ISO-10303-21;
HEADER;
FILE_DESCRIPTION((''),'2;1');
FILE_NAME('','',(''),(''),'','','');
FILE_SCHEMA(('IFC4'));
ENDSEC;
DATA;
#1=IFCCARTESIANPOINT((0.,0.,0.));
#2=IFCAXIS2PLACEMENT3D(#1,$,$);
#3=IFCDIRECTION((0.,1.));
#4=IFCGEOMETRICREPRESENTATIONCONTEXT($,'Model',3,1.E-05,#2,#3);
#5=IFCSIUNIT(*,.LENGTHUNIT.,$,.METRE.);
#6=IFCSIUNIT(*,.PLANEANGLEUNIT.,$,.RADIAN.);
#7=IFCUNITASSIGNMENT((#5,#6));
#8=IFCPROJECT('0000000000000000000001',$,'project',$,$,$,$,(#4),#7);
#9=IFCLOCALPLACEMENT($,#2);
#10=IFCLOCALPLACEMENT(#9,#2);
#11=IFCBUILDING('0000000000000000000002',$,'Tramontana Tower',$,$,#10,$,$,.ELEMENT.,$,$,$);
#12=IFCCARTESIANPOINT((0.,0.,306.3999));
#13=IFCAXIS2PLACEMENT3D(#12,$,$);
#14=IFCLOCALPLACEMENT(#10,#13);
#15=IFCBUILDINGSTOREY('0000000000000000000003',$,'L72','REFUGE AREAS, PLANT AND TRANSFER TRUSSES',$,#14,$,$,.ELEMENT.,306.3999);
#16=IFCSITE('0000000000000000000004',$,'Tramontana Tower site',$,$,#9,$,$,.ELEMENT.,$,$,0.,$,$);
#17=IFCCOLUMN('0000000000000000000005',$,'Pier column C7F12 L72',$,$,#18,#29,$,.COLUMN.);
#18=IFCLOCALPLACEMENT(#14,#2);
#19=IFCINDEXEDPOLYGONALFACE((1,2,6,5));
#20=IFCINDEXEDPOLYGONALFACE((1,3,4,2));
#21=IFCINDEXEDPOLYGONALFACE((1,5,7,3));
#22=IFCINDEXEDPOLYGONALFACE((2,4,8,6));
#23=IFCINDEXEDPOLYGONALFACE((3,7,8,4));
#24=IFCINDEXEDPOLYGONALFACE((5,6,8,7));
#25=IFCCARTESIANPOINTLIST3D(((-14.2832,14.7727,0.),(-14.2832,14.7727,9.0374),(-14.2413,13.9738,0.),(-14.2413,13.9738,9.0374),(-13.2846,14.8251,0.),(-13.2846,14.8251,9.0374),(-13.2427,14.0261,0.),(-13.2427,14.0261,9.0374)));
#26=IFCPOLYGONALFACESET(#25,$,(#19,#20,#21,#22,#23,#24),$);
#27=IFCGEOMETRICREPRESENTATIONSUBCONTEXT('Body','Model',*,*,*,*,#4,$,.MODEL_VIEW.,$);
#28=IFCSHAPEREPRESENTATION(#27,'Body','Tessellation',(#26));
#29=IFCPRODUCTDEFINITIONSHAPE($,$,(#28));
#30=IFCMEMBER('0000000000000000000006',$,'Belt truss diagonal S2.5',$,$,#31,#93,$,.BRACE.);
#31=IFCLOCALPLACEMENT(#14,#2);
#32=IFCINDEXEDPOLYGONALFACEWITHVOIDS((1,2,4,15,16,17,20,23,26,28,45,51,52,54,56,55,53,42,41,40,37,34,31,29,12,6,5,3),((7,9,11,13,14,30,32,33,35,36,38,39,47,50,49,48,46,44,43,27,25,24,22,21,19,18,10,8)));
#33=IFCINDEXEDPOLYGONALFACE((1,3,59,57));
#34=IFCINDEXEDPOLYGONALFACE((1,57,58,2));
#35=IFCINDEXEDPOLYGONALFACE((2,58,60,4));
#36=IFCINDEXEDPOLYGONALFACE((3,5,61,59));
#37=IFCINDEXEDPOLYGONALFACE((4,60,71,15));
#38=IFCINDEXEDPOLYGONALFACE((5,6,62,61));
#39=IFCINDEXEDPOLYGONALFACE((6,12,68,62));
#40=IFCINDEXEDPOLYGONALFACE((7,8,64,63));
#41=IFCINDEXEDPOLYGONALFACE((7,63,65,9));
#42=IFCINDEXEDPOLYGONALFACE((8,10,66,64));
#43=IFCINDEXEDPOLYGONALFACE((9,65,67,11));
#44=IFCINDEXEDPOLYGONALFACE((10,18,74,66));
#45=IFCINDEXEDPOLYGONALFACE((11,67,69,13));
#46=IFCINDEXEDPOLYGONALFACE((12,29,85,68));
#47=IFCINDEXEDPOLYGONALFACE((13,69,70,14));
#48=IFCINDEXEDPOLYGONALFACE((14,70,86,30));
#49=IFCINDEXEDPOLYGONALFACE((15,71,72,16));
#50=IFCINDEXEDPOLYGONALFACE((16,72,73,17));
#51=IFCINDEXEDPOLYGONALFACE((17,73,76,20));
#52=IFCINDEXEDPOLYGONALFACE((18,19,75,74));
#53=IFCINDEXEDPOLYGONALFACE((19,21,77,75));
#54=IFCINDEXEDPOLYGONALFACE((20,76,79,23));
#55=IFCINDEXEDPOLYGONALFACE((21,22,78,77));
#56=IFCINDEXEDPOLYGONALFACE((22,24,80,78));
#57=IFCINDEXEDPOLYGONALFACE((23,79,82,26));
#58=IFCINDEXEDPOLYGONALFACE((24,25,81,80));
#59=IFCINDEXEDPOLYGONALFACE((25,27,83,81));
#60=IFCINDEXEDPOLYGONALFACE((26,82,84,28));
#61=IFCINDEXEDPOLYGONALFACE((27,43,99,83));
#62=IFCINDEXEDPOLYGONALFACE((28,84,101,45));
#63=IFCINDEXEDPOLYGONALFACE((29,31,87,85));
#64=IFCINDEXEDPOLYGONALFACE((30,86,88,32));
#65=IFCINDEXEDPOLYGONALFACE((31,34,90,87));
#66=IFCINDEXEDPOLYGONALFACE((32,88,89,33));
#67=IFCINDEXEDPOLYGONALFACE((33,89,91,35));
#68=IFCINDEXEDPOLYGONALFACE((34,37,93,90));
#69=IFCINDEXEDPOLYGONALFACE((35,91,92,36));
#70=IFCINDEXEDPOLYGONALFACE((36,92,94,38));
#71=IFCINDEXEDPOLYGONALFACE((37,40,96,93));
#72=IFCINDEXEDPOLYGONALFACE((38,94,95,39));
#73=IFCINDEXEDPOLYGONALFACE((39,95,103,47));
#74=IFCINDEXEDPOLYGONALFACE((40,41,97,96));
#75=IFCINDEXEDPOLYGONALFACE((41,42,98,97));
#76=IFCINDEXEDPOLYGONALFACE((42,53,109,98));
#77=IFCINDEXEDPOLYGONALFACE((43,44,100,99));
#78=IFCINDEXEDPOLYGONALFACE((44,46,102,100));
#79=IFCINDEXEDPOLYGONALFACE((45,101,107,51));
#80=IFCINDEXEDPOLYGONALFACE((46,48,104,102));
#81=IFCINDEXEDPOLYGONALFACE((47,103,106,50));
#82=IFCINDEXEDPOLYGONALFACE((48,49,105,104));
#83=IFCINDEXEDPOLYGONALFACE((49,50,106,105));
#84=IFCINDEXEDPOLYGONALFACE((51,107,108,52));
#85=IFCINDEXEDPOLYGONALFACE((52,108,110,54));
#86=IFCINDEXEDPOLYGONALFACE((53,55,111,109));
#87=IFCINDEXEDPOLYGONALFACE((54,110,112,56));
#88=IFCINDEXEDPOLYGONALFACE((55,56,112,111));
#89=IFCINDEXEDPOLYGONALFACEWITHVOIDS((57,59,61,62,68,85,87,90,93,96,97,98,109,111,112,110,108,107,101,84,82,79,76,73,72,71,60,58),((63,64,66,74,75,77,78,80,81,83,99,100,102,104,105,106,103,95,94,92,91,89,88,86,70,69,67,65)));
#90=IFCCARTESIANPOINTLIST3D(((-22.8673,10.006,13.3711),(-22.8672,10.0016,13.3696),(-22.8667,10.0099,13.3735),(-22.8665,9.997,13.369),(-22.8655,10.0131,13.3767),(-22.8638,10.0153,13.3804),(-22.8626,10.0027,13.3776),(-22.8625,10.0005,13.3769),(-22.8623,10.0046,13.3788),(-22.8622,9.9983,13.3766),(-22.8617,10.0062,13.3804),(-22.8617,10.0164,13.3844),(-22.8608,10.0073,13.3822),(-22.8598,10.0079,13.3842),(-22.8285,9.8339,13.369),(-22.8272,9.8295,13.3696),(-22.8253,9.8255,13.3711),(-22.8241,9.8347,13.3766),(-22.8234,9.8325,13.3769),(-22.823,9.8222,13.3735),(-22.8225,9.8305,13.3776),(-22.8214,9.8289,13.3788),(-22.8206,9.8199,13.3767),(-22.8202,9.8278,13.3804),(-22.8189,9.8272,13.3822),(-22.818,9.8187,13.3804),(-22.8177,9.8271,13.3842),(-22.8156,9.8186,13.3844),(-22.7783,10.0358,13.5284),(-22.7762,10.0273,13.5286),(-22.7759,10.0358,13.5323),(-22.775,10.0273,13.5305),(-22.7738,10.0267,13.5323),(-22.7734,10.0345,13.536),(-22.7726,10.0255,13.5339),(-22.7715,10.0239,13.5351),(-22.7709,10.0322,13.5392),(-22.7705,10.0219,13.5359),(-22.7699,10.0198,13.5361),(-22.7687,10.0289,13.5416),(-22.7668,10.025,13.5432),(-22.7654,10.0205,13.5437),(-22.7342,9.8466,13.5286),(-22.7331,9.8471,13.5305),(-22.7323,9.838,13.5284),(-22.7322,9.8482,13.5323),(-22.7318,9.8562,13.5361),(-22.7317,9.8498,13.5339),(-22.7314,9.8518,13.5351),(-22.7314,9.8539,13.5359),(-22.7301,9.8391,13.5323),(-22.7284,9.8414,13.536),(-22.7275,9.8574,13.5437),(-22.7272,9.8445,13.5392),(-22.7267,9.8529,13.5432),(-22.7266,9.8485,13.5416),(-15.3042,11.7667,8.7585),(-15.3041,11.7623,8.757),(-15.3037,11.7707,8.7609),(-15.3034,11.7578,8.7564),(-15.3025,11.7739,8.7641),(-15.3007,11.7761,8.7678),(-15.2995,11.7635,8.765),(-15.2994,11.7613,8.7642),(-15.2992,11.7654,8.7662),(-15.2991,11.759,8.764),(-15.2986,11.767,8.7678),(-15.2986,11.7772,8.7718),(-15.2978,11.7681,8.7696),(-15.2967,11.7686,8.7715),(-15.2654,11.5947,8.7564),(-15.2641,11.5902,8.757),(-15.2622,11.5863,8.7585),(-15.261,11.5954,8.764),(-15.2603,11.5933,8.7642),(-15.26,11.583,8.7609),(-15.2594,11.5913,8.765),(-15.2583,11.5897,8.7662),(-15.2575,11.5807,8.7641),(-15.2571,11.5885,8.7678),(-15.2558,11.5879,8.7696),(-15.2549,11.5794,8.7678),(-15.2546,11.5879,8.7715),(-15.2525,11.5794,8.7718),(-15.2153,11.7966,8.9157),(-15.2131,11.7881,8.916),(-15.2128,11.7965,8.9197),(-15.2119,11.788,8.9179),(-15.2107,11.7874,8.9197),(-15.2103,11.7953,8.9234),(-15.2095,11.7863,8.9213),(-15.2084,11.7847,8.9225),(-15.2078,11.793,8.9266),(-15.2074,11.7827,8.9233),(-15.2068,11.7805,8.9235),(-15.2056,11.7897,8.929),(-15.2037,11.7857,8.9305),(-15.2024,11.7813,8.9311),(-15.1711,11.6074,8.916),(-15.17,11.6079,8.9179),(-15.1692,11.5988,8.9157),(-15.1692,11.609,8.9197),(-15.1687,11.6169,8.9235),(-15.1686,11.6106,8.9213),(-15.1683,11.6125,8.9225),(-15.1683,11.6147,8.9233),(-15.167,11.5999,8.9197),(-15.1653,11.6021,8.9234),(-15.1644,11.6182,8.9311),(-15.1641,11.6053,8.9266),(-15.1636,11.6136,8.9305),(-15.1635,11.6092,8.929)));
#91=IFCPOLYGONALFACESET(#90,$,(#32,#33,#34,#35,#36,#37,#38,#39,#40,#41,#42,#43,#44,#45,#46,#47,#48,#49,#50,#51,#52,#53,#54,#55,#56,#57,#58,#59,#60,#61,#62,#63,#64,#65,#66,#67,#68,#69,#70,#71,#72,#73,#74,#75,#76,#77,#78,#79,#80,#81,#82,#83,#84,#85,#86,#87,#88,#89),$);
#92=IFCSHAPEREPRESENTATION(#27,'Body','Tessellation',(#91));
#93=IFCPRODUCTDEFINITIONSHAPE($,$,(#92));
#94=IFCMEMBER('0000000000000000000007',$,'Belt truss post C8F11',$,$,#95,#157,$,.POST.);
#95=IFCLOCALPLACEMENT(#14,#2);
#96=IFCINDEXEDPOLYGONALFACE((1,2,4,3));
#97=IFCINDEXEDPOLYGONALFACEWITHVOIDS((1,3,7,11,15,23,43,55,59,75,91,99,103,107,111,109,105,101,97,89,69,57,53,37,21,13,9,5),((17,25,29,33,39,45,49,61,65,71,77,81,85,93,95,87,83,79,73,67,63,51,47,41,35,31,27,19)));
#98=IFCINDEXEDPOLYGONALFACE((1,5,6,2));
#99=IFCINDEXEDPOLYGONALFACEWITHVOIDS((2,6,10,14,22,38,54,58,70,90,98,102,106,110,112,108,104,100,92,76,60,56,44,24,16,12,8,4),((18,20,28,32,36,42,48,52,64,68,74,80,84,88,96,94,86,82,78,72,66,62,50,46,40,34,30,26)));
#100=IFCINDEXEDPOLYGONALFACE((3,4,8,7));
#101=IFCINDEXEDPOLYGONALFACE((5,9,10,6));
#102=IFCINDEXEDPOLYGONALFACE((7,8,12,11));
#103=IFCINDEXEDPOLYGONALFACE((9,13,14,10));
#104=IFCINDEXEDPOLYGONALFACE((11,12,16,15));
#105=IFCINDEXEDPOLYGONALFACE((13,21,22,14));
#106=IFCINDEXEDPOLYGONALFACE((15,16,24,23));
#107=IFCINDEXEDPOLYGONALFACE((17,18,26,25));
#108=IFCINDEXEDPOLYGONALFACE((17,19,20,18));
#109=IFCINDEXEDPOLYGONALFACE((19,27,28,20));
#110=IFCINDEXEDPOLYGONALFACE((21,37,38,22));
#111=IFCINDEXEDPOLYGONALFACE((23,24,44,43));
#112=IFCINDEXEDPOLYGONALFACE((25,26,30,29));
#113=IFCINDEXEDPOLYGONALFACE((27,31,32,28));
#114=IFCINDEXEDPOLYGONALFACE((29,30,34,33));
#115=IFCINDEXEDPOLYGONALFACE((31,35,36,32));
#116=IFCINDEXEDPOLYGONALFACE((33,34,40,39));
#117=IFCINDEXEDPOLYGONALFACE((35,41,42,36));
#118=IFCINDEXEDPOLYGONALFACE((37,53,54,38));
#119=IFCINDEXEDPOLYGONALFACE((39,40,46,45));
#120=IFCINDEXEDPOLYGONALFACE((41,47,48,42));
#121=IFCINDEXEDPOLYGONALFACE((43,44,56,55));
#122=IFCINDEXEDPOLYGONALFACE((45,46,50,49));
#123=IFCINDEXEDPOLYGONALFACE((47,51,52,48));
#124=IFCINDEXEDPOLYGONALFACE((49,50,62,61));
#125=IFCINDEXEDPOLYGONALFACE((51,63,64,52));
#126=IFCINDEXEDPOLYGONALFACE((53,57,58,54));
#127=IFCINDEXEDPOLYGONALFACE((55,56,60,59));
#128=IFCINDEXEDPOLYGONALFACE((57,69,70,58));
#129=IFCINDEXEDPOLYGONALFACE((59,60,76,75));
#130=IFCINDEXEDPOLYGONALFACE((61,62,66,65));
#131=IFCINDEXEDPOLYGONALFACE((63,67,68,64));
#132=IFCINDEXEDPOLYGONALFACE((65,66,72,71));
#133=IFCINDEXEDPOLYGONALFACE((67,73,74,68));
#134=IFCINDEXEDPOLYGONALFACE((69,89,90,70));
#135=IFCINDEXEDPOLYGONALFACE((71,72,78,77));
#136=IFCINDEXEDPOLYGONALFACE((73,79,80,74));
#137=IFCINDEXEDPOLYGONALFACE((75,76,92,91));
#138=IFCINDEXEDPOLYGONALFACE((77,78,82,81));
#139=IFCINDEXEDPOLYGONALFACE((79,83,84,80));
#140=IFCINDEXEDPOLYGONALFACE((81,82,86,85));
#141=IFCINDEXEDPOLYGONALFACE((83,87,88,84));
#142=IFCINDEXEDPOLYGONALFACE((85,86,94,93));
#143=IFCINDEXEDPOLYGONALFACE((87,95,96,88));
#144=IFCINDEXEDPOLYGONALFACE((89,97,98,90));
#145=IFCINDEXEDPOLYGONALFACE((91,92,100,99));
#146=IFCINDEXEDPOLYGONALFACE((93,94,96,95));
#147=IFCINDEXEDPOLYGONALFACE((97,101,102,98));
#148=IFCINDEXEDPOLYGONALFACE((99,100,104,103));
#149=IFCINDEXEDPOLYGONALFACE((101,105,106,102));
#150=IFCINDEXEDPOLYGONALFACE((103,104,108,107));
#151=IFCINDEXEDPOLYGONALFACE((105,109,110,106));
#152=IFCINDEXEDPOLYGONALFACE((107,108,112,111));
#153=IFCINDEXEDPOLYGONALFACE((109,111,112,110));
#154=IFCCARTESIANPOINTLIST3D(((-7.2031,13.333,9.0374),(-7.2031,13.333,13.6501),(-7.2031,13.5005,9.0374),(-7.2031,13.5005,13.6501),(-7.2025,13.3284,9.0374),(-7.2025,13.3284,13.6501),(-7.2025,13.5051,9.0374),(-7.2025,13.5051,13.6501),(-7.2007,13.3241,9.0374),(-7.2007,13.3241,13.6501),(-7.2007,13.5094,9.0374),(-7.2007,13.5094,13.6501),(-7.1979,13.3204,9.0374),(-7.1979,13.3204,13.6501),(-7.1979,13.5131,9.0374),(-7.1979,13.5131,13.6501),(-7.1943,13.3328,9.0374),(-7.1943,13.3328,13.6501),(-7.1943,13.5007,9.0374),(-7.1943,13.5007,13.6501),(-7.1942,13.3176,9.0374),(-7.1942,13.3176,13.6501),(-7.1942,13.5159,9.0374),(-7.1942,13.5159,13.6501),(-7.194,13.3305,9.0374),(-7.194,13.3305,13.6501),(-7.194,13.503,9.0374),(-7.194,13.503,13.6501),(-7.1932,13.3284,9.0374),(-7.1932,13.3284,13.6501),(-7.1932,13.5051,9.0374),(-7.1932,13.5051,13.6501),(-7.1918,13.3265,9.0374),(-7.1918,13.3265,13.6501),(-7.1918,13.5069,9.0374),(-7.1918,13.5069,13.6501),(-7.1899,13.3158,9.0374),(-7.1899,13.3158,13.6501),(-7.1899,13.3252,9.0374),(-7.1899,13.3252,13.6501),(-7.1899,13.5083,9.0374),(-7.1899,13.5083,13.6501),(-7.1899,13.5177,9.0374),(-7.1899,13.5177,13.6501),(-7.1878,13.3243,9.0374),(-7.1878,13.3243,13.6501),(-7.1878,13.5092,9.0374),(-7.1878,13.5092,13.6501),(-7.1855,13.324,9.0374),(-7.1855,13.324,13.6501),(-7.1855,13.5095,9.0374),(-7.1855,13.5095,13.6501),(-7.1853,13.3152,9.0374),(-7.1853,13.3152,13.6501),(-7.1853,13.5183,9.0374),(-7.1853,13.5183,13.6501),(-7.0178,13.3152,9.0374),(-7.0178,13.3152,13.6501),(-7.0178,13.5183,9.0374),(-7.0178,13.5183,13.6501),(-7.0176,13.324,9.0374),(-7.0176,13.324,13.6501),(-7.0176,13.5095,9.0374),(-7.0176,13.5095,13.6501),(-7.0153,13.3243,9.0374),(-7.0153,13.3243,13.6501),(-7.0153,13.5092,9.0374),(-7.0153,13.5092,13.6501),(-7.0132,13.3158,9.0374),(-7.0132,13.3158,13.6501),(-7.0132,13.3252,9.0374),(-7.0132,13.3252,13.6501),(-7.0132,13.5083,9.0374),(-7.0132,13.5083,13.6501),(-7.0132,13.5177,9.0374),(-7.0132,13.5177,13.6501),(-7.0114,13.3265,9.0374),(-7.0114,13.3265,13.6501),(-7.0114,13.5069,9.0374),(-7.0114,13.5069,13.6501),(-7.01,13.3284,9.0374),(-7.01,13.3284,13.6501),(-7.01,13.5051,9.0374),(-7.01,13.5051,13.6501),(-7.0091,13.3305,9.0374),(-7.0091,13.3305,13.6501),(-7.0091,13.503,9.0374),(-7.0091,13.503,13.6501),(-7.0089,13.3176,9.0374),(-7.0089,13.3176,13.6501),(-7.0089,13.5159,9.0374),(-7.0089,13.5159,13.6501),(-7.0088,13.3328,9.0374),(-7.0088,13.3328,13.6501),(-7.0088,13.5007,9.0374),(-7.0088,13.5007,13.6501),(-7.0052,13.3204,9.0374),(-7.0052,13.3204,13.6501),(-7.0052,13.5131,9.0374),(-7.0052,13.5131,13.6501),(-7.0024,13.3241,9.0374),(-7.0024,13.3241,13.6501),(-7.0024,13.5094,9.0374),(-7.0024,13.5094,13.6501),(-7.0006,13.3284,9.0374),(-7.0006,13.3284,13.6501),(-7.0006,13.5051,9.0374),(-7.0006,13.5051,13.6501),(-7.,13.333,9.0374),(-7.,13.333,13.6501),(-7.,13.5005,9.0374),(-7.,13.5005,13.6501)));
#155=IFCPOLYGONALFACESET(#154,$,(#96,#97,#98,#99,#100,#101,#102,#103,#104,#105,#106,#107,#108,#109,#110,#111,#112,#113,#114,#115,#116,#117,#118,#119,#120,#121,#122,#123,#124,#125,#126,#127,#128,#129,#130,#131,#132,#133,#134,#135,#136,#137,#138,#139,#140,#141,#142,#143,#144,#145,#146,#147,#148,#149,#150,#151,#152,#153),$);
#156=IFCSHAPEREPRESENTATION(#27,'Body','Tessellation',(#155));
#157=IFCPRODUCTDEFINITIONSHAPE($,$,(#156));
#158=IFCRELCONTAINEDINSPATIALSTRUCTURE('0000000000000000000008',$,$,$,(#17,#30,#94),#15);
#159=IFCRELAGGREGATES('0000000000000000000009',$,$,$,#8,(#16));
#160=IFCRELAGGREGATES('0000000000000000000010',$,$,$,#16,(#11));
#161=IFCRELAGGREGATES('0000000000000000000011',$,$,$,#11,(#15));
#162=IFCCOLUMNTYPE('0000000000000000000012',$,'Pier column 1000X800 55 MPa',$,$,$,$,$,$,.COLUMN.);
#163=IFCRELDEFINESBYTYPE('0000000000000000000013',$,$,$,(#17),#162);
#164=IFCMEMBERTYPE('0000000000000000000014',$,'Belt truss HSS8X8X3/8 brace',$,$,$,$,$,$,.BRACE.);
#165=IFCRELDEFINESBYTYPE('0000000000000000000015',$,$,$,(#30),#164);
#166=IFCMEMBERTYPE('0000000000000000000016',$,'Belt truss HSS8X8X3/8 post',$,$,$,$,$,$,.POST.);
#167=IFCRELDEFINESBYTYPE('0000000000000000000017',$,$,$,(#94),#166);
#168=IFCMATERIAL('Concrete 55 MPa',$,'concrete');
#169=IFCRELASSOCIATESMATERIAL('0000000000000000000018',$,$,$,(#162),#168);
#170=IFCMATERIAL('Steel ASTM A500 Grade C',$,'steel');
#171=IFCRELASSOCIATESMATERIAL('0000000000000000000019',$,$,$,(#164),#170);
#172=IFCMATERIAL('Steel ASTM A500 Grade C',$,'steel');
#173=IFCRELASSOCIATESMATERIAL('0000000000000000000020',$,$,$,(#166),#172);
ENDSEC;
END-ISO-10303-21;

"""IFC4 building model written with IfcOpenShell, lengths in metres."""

from ifc_helpers import new_model, si_unit, direction, frame, origin, origin_2d, place, context, subcontext, project, spatial, rectangle, hollow_rectangle, extrude, material, material_profile, profile_set, type_object, element, save


model = new_model("IFC4")

# Units and contexts
model_context = context("Model", 3, precision=1e-05, world=origin(), true_north=direction((0.0, 1.0)))
body_context = subcontext(model_context, "Body", "Model", "MODEL_VIEW")
ifc_project = project(units=[si_unit("LENGTHUNIT", "METRE"), si_unit("PLANEANGLEUNIT", "RADIAN")], contexts=[model_context])

# Site, building, storey
site_placement = place(None, origin())
site = spatial("IfcSite", under=ifc_project, at=site_placement, Name="Tramontana Tower site", CompositionType="ELEMENT", RefElevation=0.0)
building_placement = place(site_placement, origin())
building = spatial("IfcBuilding", under=site, at=building_placement, Name="Tramontana Tower", CompositionType="ELEMENT")
storey_placement = place(building_placement, frame((0.0, 0.0, 306.3999)))
storey = spatial("IfcBuildingStorey", under=building, at=storey_placement, Name="L72", Description="REFUGE AREAS, PLANT AND TRANSFER TRUSSES", CompositionType="ELEMENT", Elevation=306.3999)

# Column
ifc_material_1 = material(Name="Concrete 55 MPa", Category="concrete")
ifc_material_profile_1 = material_profile(ifc_material_1, rectangle(XDim=1.0, YDim=0.8, at=origin_2d()), Name="Pier column 1000X800 55 MPa")
ifc_profile_set_1 = profile_set([ifc_material_profile_1], Name="Concrete 55 MPa")
column_type = type_object("IfcColumnType", Name="Pier column 1000X800 55 MPa", PredefinedType="COLUMN", material=ifc_profile_set_1)
column_placement = place(storey_placement, frame((-13.7629, 14.3994, 0.0), z_axis=(0.0, 0.0, 1.0), x_axis=(-0.99863, -0.052336, 0.0)))
element("IfcColumn", 1, at=column_placement, inside=storey, type_object=column_type, Name="Pier column C7F12 L72", PredefinedType="COLUMN", context=body_context, shape_type="SweptSolid", body=[
    extrude(rectangle(XDim=1.0, YDim=0.8, at=origin_2d()), origin(), (0.0, 0.0, 1.0), 9.0374),
])

# Members
ifc_material_2 = material(Name="Steel ASTM A500 Grade C", Category="steel")
ifc_material_profile_2 = material_profile(ifc_material_2, hollow_rectangle(XDim=0.2031, YDim=0.2031, WallThickness=0.0088, InnerFilletRadius=0.0088, OuterFilletRadius=0.0178, at=origin_2d()), Name="HSS8X8X3/8")
ifc_profile_set_2 = profile_set([ifc_material_profile_2], Name="Steel ASTM A500 Grade C")
member_type_1 = type_object("IfcMemberType", Name="Belt truss HSS8X8X3/8 brace", PredefinedType="BRACE", material=ifc_profile_set_2)
member_1_placement = place(storey_placement, frame((-15.2339, 11.688, 8.8438), z_axis=(-0.837367, -0.194948, 0.510697), x_axis=(0.226747, -0.973954, 0.0)))
element("IfcMember", 2, at=member_1_placement, inside=storey, type_object=member_type_1, Name="Belt truss diagonal S2.5", PredefinedType="BRACE", context=body_context, shape_type="SweptSolid", body=[
    extrude(hollow_rectangle(XDim=0.2031, YDim=0.2031, WallThickness=0.0088, InnerFilletRadius=0.0088, OuterFilletRadius=0.0178, at=origin_2d()), origin(), (0.0, 0.0, 1.0), 9.032),
])
ifc_material_3 = material(Name="Steel ASTM A500 Grade C", Category="steel")
ifc_material_profile_3 = material_profile(ifc_material_3, hollow_rectangle(XDim=0.2031, YDim=0.2031, WallThickness=0.0088, InnerFilletRadius=0.0088, OuterFilletRadius=0.0178, at=origin_2d()), Name="HSS8X8X3/8")
ifc_profile_set_3 = profile_set([ifc_material_profile_3], Name="Steel ASTM A500 Grade C")
member_type_2 = type_object("IfcMemberType", Name="Belt truss HSS8X8X3/8 post", PredefinedType="POST", material=ifc_profile_set_3)
for number, where, z_axis, x_axis, name in (
    (3, (-7.1016, 13.4167, 9.0374), (0.0, 0.0, 1.0), (1.0, 0.0, 0.0), "Belt truss post C8F11"),
):
    element("IfcMember", number, at=place(storey_placement, frame(where, z_axis=z_axis, x_axis=x_axis)), inside=storey, type_object=member_type_2, Name=name, PredefinedType="POST", context=body_context, shape_type="SweptSolid", body=[
        extrude(hollow_rectangle(XDim=0.2031, YDim=0.2031, WallThickness=0.0088, InnerFilletRadius=0.0088, OuterFilletRadius=0.0178, at=origin_2d()), origin(), (0.0, 0.0, 1.0), 4.6128),
    ])

save(model, "model.ifc")
